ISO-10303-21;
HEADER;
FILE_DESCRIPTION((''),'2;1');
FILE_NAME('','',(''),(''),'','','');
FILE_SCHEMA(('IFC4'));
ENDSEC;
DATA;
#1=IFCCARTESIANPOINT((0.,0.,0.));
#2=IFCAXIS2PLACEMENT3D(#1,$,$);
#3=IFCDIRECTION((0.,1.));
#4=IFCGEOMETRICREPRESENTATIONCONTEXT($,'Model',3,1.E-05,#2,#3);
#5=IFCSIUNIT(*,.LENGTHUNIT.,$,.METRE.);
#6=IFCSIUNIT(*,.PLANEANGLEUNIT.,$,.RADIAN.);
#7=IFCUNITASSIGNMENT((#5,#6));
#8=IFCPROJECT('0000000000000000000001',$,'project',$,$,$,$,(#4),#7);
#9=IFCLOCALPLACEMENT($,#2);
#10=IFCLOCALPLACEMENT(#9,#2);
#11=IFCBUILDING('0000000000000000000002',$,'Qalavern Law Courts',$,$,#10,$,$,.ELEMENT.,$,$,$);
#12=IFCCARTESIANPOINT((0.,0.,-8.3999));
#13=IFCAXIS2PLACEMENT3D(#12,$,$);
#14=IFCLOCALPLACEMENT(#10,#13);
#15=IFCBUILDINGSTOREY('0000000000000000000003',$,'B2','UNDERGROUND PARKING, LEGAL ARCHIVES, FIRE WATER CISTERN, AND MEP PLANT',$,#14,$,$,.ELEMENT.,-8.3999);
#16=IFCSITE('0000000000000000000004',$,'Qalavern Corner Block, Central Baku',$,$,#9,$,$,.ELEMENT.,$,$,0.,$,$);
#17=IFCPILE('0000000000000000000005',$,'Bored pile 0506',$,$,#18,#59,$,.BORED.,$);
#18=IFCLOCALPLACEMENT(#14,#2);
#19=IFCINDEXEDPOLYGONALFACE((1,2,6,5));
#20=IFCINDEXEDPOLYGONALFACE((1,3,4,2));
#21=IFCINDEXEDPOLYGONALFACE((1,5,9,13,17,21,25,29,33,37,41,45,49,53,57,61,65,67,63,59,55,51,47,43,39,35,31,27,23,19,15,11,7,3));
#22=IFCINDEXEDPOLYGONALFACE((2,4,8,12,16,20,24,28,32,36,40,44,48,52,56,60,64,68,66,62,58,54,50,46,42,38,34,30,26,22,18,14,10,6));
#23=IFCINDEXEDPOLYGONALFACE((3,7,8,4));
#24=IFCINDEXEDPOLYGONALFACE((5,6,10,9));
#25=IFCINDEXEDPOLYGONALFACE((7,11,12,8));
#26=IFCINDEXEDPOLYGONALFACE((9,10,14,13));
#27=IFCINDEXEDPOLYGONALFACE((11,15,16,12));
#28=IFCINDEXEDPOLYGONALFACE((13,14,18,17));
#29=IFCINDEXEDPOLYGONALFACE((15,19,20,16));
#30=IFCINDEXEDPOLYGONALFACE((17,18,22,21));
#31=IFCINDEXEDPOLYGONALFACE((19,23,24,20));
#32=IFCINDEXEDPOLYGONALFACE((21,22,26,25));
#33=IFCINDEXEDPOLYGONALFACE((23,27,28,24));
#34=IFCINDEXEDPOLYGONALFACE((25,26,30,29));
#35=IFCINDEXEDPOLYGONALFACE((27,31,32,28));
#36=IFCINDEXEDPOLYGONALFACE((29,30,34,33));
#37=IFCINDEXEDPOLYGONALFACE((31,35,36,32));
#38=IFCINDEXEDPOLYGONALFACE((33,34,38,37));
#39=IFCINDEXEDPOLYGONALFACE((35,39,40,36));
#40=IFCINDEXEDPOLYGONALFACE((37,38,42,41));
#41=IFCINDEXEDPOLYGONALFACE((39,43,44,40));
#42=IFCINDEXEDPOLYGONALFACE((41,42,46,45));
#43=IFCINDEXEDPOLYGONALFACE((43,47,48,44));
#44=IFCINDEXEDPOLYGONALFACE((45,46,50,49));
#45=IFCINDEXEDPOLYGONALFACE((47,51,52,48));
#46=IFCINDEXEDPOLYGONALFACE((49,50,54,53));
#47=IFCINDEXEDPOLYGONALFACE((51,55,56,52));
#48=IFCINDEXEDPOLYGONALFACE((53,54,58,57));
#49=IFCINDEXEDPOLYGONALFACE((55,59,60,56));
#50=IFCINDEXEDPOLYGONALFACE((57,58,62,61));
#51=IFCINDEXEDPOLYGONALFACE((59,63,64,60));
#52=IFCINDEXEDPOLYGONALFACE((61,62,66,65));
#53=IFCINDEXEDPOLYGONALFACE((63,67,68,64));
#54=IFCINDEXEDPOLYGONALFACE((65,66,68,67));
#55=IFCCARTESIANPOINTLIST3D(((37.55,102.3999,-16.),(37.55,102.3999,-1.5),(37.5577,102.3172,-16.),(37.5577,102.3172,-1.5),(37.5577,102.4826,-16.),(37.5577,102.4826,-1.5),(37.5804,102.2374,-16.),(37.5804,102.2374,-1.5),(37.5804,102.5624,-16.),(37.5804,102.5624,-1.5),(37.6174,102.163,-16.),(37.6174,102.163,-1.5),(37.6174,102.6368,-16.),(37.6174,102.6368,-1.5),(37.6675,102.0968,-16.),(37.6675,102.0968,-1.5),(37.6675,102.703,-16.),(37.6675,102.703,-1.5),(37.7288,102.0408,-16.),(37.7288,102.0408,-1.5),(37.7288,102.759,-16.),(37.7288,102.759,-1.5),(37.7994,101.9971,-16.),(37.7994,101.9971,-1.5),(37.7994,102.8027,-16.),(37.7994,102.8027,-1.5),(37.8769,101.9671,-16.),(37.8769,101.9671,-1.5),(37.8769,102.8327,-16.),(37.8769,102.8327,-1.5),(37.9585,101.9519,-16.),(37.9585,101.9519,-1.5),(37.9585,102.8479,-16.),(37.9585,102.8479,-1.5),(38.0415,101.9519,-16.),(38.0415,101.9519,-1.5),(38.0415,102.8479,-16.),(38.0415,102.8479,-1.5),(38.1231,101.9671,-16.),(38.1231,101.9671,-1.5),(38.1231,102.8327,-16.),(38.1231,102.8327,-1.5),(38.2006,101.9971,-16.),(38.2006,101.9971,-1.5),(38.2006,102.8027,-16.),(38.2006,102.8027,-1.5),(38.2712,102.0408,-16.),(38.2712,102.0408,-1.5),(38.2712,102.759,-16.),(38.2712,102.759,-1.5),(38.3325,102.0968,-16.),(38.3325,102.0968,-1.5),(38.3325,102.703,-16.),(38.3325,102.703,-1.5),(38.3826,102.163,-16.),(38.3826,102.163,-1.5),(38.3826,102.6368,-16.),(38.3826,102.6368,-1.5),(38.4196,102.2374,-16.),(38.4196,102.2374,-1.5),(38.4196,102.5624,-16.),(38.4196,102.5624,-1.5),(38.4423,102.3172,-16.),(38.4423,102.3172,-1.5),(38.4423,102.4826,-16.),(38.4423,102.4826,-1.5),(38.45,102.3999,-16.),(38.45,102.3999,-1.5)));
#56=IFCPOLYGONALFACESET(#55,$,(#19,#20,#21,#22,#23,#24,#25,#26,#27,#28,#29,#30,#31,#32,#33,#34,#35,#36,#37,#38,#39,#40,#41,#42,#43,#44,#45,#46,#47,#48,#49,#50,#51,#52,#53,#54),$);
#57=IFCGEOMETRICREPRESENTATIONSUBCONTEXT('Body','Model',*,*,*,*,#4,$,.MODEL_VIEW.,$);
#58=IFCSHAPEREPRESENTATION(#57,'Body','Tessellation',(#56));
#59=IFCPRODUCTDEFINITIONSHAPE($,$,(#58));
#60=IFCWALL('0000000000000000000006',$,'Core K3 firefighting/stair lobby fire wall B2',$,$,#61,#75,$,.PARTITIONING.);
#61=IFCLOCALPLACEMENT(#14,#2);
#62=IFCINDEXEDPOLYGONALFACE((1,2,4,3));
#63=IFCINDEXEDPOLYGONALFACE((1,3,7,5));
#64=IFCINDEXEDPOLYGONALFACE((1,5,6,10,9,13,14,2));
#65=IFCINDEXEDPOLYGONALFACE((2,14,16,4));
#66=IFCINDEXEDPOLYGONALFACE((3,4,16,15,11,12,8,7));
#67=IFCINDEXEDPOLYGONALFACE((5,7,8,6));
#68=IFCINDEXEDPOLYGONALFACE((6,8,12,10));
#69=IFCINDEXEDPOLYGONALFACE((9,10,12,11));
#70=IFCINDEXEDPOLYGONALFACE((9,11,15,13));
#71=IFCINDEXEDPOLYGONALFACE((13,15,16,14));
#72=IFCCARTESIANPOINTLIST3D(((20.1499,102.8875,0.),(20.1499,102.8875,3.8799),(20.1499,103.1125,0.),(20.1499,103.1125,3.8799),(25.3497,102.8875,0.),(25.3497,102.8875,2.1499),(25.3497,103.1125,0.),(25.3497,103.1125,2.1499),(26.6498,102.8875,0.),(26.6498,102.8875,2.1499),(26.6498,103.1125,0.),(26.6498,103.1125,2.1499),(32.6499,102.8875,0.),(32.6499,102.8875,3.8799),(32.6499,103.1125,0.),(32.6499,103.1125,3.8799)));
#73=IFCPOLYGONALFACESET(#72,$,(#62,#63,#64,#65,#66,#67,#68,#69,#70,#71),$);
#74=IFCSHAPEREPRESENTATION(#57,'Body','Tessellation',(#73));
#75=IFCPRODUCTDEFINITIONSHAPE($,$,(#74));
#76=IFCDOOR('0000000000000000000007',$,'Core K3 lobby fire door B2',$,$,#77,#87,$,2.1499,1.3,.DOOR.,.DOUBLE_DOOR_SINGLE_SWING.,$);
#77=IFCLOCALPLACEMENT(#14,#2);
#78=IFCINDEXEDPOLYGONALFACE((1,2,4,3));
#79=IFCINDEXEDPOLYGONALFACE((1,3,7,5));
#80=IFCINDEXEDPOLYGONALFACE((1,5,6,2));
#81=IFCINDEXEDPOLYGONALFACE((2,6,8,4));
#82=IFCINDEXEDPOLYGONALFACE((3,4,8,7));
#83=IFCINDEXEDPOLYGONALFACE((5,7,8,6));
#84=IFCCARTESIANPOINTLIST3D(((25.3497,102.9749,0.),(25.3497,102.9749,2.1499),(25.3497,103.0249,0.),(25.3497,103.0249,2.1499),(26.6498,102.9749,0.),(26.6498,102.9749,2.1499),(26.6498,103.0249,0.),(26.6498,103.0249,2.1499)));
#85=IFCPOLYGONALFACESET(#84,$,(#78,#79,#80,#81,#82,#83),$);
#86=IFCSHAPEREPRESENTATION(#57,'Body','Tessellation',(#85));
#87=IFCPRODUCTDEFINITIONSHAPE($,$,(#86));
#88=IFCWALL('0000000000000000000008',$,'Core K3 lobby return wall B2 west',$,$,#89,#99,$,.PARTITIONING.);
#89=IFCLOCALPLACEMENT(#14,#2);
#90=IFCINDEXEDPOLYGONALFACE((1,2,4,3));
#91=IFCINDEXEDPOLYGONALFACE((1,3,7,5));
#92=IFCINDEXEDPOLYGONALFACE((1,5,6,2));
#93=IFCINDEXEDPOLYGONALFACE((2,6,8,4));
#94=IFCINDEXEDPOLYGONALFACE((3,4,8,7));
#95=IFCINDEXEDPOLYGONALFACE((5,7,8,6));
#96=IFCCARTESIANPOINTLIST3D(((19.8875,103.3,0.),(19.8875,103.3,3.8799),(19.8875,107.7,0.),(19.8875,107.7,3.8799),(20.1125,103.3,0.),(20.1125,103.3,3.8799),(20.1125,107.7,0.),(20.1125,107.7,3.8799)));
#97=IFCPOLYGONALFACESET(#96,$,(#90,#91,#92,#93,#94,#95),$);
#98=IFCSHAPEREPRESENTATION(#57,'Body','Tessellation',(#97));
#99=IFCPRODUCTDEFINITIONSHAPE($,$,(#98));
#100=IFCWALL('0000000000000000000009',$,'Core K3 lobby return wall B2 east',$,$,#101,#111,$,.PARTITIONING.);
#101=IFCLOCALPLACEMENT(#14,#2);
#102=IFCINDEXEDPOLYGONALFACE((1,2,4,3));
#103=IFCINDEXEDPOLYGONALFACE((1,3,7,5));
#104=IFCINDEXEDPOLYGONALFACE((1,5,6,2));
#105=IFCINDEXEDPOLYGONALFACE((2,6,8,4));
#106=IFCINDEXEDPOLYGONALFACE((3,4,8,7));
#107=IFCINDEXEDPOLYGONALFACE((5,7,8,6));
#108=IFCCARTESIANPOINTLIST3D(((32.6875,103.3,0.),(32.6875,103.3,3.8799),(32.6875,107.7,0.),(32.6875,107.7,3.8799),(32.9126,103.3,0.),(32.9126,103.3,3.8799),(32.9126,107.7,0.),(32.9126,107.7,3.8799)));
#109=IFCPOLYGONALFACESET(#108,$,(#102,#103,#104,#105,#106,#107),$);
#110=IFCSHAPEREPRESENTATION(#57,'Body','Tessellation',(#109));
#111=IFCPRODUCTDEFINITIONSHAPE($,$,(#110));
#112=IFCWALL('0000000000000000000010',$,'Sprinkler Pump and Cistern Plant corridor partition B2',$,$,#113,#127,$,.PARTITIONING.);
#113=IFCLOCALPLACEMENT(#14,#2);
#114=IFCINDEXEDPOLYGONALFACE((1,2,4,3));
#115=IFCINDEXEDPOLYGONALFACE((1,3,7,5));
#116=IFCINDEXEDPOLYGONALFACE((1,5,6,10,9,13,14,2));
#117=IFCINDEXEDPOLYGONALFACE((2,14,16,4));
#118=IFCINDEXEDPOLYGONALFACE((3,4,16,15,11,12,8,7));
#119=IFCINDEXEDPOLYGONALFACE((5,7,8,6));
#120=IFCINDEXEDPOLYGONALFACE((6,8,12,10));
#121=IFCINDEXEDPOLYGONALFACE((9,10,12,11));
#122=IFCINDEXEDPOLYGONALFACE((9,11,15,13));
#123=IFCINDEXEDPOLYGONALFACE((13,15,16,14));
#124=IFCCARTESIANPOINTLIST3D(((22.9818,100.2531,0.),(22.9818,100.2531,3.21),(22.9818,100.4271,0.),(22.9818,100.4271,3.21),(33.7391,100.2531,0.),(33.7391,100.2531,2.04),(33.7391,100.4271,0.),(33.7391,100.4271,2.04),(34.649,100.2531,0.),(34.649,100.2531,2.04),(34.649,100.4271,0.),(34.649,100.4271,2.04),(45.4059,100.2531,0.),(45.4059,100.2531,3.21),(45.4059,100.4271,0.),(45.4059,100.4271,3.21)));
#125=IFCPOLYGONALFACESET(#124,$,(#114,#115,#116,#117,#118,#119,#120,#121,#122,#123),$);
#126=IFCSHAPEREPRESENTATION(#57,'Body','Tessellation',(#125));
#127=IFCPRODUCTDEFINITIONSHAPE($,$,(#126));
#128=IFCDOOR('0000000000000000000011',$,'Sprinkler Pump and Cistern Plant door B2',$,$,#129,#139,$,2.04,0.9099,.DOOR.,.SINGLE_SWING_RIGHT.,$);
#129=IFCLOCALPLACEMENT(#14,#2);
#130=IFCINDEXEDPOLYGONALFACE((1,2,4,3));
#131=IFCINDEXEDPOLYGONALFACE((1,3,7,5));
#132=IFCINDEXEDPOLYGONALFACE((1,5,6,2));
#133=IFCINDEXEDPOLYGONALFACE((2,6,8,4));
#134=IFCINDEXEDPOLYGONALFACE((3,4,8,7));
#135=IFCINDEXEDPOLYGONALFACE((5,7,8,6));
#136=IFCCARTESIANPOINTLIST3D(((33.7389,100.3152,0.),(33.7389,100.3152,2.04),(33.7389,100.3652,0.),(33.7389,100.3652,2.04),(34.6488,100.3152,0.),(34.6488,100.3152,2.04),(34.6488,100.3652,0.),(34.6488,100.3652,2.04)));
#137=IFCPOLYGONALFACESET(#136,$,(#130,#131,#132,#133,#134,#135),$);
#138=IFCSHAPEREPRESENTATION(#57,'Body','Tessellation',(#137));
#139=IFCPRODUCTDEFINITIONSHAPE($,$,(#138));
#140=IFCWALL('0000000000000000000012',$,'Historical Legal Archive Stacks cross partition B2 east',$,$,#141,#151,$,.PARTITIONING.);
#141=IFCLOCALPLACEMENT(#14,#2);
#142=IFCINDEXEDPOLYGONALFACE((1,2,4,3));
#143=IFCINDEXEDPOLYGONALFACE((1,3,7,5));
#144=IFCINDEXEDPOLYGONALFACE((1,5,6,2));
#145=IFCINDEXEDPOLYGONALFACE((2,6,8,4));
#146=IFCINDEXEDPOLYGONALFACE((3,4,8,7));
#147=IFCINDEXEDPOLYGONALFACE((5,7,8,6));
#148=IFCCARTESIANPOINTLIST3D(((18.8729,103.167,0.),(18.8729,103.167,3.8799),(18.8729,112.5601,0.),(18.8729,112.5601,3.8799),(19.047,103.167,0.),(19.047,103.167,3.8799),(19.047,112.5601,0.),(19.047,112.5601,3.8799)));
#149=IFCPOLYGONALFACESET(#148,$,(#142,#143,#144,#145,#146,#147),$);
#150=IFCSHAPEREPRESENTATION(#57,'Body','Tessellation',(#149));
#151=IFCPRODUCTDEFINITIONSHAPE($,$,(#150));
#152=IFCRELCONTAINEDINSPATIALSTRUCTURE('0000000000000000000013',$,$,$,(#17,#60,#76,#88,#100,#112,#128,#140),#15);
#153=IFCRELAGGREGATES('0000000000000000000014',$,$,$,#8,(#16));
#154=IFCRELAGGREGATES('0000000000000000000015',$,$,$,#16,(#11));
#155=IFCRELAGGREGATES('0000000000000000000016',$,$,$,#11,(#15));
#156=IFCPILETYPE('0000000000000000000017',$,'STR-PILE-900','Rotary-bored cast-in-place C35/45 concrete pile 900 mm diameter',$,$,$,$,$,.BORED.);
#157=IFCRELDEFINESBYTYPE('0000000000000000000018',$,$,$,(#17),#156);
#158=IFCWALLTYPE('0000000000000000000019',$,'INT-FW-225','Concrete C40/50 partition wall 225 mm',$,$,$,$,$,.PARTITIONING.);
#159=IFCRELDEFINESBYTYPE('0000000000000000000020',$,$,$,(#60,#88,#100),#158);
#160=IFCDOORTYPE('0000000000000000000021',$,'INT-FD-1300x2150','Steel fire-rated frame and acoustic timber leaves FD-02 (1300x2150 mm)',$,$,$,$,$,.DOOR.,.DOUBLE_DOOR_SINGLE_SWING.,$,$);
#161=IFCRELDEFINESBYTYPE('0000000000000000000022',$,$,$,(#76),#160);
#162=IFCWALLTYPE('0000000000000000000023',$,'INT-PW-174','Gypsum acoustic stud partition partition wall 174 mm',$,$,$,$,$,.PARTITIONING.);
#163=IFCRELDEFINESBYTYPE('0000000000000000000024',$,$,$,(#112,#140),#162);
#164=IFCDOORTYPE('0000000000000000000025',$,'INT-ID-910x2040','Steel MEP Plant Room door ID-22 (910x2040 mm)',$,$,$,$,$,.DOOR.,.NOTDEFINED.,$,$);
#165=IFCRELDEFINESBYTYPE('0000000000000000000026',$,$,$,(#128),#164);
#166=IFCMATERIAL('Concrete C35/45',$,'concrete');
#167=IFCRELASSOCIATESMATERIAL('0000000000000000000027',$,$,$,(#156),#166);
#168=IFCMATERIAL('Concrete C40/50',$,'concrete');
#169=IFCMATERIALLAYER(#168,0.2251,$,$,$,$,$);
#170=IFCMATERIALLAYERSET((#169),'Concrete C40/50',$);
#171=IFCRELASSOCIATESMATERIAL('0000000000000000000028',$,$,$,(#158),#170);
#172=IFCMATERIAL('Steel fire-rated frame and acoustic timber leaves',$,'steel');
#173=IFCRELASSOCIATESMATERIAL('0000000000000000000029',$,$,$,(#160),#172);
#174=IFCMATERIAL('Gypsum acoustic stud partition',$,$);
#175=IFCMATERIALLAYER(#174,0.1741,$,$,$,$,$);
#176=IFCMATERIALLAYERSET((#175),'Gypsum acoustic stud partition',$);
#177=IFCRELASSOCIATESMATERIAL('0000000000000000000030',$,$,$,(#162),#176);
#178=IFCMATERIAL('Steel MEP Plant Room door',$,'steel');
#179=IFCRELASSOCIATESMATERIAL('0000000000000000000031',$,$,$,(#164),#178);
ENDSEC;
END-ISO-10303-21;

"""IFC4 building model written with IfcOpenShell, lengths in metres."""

from ifc_helpers import new_model, si_unit, direction, frame, frame_2d, origin, origin_2d, place, context, subcontext, project, spatial, rectangle, circle, extrude, material, layer, layer_set, material_profile, profile_set, type_object, element, fill, save


model = new_model("IFC4")

# Units and contexts
model_context = context("Model", 3, precision=1e-05, world=origin(), true_north=direction((0.0, 1.0)))
body_context = subcontext(model_context, "Body", "Model", "MODEL_VIEW")
ifc_project = project(units=[si_unit("LENGTHUNIT", "METRE"), si_unit("PLANEANGLEUNIT", "RADIAN")], contexts=[model_context])

# Site, building, storey
site_placement = place(None, origin())
site = spatial("IfcSite", under=ifc_project, at=site_placement, Name="Qalavern Corner Block, Central Baku", CompositionType="ELEMENT", RefElevation=0.0)
building_placement = place(site_placement, origin())
building = spatial("IfcBuilding", under=site, at=building_placement, Name="Qalavern Law Courts", CompositionType="ELEMENT")
storey_placement = place(building_placement, frame((0.0, 0.0, -8.3999)))
storey = spatial("IfcBuildingStorey", under=building, at=storey_placement, Name="B2", Description="UNDERGROUND PARKING, LEGAL ARCHIVES, FIRE WATER CISTERN, AND MEP PLANT", CompositionType="ELEMENT", Elevation=-8.3999)

# Shared definitions
ifc_material_1 = material(Name="Concrete C35/45", Category="concrete")

# Pile
ifc_material_profile_1 = material_profile(ifc_material_1, circle(Radius=0.45, at=origin_2d()), Name="BORED PILE 900")
ifc_profile_set_1 = profile_set([ifc_material_profile_1], Name="Concrete C35/45")
pile_type = type_object("IfcPileType", Name="STR-PILE-900", Description="Rotary-bored cast-in-place C35/45 concrete pile 900 mm diameter", PredefinedType="BORED", material=ifc_profile_set_1)
for number, where, z_axis, x_axis, name in (
    (1, (38.0, 102.3999, -1.5), (0.0, 0.0, -1.0), (1.0, 0.0, 0.0), "Bored pile 0506"),
):
    element("IfcPile", number, at=place(storey_placement, frame(where, z_axis=z_axis, x_axis=x_axis)), inside=storey, type_object=pile_type, Name=name, PredefinedType="BORED", context=body_context, shape_type="SweptSolid", body=[
        extrude(circle(Radius=0.45, at=origin_2d()), origin(), (0.0, 0.0, 1.0), 14.5),
    ])

# Wall, opening, door
ifc_material_2 = material(Name="Concrete C40/50", Category="concrete")
ifc_layer_1 = layer(ifc_material_2, 0.2251)
ifc_layer_set_1 = layer_set([ifc_layer_1], Name="Concrete C40/50")
wall_type_1 = type_object("IfcWallType", Name="INT-FW-225", Description="Concrete C40/50 partition wall 225 mm", PredefinedType="PARTITIONING", material=ifc_layer_set_1)
wall_1_placement = place(storey_placement, frame((20.1499, 103.0, 0.0), z_axis=(0.0, 0.0, 1.0), x_axis=(1.0, 0.0, 0.0)))
wall_1 = element("IfcWall", 2, at=wall_1_placement, inside=storey, type_object=wall_type_1, Name="Core K3 firefighting/stair lobby fire wall B2", PredefinedType="PARTITIONING", context=body_context, shape_type="SweptSolid", body=[
    extrude(rectangle(XDim=12.5, YDim=0.2251, at=frame_2d((6.25, 0.0))), origin(), (0.0, 0.0, 1.0), 3.8799),
])
opening_1_placement = place(wall_1_placement, frame((5.2, 0.0, 0.0)))
opening_1 = element("IfcOpeningElement", 3, at=opening_1_placement, cuts=wall_1, PredefinedType="OPENING", context=body_context, shape_type="SweptSolid", body=[
    extrude(rectangle(XDim=1.3, YDim=2.1499, at=frame_2d((0.6499, 1.075))), frame((0.0, 0.1274, 0.0), z_axis=(0.0, -1.0, 0.0), x_axis=(1.0, 0.0, 0.0)), (0.0, 0.0, 1.0), 0.2549),
])
ifc_material_3 = material(Name="Steel fire-rated frame and acoustic timber leaves", Category="steel")
door_type_1 = type_object("IfcDoorType", Name="INT-FD-1300x2150", Description="Steel fire-rated frame and acoustic timber leaves FD-02 (1300x2150 mm)", OperationType="DOUBLE_DOOR_SINGLE_SWING", PredefinedType="DOOR", material=ifc_material_3)
door_1_placement = place(opening_1_placement, origin())
door_1 = element("IfcDoor", 4, at=door_1_placement, inside=storey, type_object=door_type_1, Name="Core K3 lobby fire door B2", OperationType="DOUBLE_DOOR_SINGLE_SWING", OverallHeight=2.1499, OverallWidth=1.3, PredefinedType="DOOR", context=body_context, shape_type="SweptSolid", body=[
    extrude(rectangle(XDim=1.3, YDim=2.1499, at=frame_2d((0.6499, 1.075))), frame((0.0, 0.0249, 0.0), z_axis=(0.0, -1.0, 0.0), x_axis=(1.0, 0.0, 0.0)), (0.0, 0.0, 1.0), 0.05),
])
fill(opening_1, door_1)

# Walls
for number, where, z_axis, x_axis, name in (
    (5, (20.0, 103.3, 0.0), (0.0, 0.0, 1.0), (0.0, 1.0, 0.0), "Core K3 lobby return wall B2 west"),
    (6, (32.8, 103.3, 0.0), (0.0, 0.0, 1.0), (0.0, 1.0, 0.0), "Core K3 lobby return wall B2 east"),
):
    element("IfcWall", number, at=place(storey_placement, frame(where, z_axis=z_axis, x_axis=x_axis)), inside=storey, type_object=wall_type_1, Name=name, PredefinedType="PARTITIONING", context=body_context, shape_type="SweptSolid", body=[
        extrude(rectangle(XDim=4.3999, YDim=0.2251, at=frame_2d((2.2, 0.0))), origin(), (0.0, 0.0, 1.0), 3.8799),
    ])

# Wall, opening, door
ifc_material_4 = material(Name="Gypsum acoustic stud partition")
ifc_layer_2 = layer(ifc_material_4, 0.1741)
ifc_layer_set_2 = layer_set([ifc_layer_2], Name="Gypsum acoustic stud partition")
wall_type_2 = type_object("IfcWallType", Name="INT-PW-174", Description="Gypsum acoustic stud partition partition wall 174 mm", PredefinedType="PARTITIONING", material=ifc_layer_set_2)
wall_2_placement = place(storey_placement, frame((22.9819, 100.3401, 0.0), z_axis=(0.0, 0.0, 1.0), x_axis=(1.0, 0.0, 0.0)))
wall_2 = element("IfcWall", 7, at=wall_2_placement, inside=storey, type_object=wall_type_2, Name="Sprinkler Pump and Cistern Plant corridor partition B2", PredefinedType="PARTITIONING", context=body_context, shape_type="SweptSolid", body=[
    extrude(rectangle(XDim=22.4241, YDim=0.1741, at=frame_2d((11.2119, 0.0))), origin(), (0.0, 0.0, 1.0), 3.21),
])
opening_2_placement = place(wall_2_placement, frame((10.7571, 0.0, 0.0)))
opening_2 = element("IfcOpeningElement", 8, at=opening_2_placement, cuts=wall_2, PredefinedType="OPENING", context=body_context, shape_type="SweptSolid", body=[
    extrude(rectangle(XDim=0.9099, YDim=2.04, at=frame_2d((0.4551, 1.02))), frame((0.0, 0.1021, 0.0), z_axis=(0.0, -1.0, 0.0), x_axis=(1.0, 0.0, 0.0)), (0.0, 0.0, 1.0), 0.2039),
])
ifc_material_5 = material(Name="Steel MEP Plant Room door", Category="steel")
door_type_2 = type_object("IfcDoorType", Name="INT-ID-910x2040", Description="Steel MEP Plant Room door ID-22 (910x2040 mm)", OperationType="NOTDEFINED", PredefinedType="DOOR", material=ifc_material_5)
door_2_placement = place(opening_2_placement, frame((0.9099, 0.0, 0.0), z_axis=(0.0, 0.0, 1.0), x_axis=(-1.0, 0.0, 0.0)))
door_2 = element("IfcDoor", 9, at=door_2_placement, inside=storey, type_object=door_type_2, Name="Sprinkler Pump and Cistern Plant door B2", OperationType="SINGLE_SWING_RIGHT", OverallHeight=2.04, OverallWidth=0.9099, PredefinedType="DOOR", context=body_context, shape_type="SweptSolid", body=[
    extrude(rectangle(XDim=0.9099, YDim=2.04, at=frame_2d((0.4551, 1.02))), frame((0.0, 0.0249, 0.0), z_axis=(0.0, -1.0, 0.0), x_axis=(1.0, 0.0, 0.0)), (0.0, 0.0, 1.0), 0.05),
])
fill(opening_2, door_2)

# Wall
wall_3_placement = place(storey_placement, frame((18.96, 103.167, 0.0), z_axis=(0.0, 0.0, 1.0), x_axis=(0.0, 1.0, 0.0)))
element("IfcWall", 10, at=wall_3_placement, inside=storey, type_object=wall_type_2, Name="Historical Legal Archive Stacks cross partition B2 east", PredefinedType="PARTITIONING", context=body_context, shape_type="SweptSolid", body=[
    extrude(rectangle(XDim=9.3931, YDim=0.1741, at=frame_2d((4.6965, 0.0))), origin(), (0.0, 0.0, 1.0), 3.8799),
])

save(model, "model.ifc")
